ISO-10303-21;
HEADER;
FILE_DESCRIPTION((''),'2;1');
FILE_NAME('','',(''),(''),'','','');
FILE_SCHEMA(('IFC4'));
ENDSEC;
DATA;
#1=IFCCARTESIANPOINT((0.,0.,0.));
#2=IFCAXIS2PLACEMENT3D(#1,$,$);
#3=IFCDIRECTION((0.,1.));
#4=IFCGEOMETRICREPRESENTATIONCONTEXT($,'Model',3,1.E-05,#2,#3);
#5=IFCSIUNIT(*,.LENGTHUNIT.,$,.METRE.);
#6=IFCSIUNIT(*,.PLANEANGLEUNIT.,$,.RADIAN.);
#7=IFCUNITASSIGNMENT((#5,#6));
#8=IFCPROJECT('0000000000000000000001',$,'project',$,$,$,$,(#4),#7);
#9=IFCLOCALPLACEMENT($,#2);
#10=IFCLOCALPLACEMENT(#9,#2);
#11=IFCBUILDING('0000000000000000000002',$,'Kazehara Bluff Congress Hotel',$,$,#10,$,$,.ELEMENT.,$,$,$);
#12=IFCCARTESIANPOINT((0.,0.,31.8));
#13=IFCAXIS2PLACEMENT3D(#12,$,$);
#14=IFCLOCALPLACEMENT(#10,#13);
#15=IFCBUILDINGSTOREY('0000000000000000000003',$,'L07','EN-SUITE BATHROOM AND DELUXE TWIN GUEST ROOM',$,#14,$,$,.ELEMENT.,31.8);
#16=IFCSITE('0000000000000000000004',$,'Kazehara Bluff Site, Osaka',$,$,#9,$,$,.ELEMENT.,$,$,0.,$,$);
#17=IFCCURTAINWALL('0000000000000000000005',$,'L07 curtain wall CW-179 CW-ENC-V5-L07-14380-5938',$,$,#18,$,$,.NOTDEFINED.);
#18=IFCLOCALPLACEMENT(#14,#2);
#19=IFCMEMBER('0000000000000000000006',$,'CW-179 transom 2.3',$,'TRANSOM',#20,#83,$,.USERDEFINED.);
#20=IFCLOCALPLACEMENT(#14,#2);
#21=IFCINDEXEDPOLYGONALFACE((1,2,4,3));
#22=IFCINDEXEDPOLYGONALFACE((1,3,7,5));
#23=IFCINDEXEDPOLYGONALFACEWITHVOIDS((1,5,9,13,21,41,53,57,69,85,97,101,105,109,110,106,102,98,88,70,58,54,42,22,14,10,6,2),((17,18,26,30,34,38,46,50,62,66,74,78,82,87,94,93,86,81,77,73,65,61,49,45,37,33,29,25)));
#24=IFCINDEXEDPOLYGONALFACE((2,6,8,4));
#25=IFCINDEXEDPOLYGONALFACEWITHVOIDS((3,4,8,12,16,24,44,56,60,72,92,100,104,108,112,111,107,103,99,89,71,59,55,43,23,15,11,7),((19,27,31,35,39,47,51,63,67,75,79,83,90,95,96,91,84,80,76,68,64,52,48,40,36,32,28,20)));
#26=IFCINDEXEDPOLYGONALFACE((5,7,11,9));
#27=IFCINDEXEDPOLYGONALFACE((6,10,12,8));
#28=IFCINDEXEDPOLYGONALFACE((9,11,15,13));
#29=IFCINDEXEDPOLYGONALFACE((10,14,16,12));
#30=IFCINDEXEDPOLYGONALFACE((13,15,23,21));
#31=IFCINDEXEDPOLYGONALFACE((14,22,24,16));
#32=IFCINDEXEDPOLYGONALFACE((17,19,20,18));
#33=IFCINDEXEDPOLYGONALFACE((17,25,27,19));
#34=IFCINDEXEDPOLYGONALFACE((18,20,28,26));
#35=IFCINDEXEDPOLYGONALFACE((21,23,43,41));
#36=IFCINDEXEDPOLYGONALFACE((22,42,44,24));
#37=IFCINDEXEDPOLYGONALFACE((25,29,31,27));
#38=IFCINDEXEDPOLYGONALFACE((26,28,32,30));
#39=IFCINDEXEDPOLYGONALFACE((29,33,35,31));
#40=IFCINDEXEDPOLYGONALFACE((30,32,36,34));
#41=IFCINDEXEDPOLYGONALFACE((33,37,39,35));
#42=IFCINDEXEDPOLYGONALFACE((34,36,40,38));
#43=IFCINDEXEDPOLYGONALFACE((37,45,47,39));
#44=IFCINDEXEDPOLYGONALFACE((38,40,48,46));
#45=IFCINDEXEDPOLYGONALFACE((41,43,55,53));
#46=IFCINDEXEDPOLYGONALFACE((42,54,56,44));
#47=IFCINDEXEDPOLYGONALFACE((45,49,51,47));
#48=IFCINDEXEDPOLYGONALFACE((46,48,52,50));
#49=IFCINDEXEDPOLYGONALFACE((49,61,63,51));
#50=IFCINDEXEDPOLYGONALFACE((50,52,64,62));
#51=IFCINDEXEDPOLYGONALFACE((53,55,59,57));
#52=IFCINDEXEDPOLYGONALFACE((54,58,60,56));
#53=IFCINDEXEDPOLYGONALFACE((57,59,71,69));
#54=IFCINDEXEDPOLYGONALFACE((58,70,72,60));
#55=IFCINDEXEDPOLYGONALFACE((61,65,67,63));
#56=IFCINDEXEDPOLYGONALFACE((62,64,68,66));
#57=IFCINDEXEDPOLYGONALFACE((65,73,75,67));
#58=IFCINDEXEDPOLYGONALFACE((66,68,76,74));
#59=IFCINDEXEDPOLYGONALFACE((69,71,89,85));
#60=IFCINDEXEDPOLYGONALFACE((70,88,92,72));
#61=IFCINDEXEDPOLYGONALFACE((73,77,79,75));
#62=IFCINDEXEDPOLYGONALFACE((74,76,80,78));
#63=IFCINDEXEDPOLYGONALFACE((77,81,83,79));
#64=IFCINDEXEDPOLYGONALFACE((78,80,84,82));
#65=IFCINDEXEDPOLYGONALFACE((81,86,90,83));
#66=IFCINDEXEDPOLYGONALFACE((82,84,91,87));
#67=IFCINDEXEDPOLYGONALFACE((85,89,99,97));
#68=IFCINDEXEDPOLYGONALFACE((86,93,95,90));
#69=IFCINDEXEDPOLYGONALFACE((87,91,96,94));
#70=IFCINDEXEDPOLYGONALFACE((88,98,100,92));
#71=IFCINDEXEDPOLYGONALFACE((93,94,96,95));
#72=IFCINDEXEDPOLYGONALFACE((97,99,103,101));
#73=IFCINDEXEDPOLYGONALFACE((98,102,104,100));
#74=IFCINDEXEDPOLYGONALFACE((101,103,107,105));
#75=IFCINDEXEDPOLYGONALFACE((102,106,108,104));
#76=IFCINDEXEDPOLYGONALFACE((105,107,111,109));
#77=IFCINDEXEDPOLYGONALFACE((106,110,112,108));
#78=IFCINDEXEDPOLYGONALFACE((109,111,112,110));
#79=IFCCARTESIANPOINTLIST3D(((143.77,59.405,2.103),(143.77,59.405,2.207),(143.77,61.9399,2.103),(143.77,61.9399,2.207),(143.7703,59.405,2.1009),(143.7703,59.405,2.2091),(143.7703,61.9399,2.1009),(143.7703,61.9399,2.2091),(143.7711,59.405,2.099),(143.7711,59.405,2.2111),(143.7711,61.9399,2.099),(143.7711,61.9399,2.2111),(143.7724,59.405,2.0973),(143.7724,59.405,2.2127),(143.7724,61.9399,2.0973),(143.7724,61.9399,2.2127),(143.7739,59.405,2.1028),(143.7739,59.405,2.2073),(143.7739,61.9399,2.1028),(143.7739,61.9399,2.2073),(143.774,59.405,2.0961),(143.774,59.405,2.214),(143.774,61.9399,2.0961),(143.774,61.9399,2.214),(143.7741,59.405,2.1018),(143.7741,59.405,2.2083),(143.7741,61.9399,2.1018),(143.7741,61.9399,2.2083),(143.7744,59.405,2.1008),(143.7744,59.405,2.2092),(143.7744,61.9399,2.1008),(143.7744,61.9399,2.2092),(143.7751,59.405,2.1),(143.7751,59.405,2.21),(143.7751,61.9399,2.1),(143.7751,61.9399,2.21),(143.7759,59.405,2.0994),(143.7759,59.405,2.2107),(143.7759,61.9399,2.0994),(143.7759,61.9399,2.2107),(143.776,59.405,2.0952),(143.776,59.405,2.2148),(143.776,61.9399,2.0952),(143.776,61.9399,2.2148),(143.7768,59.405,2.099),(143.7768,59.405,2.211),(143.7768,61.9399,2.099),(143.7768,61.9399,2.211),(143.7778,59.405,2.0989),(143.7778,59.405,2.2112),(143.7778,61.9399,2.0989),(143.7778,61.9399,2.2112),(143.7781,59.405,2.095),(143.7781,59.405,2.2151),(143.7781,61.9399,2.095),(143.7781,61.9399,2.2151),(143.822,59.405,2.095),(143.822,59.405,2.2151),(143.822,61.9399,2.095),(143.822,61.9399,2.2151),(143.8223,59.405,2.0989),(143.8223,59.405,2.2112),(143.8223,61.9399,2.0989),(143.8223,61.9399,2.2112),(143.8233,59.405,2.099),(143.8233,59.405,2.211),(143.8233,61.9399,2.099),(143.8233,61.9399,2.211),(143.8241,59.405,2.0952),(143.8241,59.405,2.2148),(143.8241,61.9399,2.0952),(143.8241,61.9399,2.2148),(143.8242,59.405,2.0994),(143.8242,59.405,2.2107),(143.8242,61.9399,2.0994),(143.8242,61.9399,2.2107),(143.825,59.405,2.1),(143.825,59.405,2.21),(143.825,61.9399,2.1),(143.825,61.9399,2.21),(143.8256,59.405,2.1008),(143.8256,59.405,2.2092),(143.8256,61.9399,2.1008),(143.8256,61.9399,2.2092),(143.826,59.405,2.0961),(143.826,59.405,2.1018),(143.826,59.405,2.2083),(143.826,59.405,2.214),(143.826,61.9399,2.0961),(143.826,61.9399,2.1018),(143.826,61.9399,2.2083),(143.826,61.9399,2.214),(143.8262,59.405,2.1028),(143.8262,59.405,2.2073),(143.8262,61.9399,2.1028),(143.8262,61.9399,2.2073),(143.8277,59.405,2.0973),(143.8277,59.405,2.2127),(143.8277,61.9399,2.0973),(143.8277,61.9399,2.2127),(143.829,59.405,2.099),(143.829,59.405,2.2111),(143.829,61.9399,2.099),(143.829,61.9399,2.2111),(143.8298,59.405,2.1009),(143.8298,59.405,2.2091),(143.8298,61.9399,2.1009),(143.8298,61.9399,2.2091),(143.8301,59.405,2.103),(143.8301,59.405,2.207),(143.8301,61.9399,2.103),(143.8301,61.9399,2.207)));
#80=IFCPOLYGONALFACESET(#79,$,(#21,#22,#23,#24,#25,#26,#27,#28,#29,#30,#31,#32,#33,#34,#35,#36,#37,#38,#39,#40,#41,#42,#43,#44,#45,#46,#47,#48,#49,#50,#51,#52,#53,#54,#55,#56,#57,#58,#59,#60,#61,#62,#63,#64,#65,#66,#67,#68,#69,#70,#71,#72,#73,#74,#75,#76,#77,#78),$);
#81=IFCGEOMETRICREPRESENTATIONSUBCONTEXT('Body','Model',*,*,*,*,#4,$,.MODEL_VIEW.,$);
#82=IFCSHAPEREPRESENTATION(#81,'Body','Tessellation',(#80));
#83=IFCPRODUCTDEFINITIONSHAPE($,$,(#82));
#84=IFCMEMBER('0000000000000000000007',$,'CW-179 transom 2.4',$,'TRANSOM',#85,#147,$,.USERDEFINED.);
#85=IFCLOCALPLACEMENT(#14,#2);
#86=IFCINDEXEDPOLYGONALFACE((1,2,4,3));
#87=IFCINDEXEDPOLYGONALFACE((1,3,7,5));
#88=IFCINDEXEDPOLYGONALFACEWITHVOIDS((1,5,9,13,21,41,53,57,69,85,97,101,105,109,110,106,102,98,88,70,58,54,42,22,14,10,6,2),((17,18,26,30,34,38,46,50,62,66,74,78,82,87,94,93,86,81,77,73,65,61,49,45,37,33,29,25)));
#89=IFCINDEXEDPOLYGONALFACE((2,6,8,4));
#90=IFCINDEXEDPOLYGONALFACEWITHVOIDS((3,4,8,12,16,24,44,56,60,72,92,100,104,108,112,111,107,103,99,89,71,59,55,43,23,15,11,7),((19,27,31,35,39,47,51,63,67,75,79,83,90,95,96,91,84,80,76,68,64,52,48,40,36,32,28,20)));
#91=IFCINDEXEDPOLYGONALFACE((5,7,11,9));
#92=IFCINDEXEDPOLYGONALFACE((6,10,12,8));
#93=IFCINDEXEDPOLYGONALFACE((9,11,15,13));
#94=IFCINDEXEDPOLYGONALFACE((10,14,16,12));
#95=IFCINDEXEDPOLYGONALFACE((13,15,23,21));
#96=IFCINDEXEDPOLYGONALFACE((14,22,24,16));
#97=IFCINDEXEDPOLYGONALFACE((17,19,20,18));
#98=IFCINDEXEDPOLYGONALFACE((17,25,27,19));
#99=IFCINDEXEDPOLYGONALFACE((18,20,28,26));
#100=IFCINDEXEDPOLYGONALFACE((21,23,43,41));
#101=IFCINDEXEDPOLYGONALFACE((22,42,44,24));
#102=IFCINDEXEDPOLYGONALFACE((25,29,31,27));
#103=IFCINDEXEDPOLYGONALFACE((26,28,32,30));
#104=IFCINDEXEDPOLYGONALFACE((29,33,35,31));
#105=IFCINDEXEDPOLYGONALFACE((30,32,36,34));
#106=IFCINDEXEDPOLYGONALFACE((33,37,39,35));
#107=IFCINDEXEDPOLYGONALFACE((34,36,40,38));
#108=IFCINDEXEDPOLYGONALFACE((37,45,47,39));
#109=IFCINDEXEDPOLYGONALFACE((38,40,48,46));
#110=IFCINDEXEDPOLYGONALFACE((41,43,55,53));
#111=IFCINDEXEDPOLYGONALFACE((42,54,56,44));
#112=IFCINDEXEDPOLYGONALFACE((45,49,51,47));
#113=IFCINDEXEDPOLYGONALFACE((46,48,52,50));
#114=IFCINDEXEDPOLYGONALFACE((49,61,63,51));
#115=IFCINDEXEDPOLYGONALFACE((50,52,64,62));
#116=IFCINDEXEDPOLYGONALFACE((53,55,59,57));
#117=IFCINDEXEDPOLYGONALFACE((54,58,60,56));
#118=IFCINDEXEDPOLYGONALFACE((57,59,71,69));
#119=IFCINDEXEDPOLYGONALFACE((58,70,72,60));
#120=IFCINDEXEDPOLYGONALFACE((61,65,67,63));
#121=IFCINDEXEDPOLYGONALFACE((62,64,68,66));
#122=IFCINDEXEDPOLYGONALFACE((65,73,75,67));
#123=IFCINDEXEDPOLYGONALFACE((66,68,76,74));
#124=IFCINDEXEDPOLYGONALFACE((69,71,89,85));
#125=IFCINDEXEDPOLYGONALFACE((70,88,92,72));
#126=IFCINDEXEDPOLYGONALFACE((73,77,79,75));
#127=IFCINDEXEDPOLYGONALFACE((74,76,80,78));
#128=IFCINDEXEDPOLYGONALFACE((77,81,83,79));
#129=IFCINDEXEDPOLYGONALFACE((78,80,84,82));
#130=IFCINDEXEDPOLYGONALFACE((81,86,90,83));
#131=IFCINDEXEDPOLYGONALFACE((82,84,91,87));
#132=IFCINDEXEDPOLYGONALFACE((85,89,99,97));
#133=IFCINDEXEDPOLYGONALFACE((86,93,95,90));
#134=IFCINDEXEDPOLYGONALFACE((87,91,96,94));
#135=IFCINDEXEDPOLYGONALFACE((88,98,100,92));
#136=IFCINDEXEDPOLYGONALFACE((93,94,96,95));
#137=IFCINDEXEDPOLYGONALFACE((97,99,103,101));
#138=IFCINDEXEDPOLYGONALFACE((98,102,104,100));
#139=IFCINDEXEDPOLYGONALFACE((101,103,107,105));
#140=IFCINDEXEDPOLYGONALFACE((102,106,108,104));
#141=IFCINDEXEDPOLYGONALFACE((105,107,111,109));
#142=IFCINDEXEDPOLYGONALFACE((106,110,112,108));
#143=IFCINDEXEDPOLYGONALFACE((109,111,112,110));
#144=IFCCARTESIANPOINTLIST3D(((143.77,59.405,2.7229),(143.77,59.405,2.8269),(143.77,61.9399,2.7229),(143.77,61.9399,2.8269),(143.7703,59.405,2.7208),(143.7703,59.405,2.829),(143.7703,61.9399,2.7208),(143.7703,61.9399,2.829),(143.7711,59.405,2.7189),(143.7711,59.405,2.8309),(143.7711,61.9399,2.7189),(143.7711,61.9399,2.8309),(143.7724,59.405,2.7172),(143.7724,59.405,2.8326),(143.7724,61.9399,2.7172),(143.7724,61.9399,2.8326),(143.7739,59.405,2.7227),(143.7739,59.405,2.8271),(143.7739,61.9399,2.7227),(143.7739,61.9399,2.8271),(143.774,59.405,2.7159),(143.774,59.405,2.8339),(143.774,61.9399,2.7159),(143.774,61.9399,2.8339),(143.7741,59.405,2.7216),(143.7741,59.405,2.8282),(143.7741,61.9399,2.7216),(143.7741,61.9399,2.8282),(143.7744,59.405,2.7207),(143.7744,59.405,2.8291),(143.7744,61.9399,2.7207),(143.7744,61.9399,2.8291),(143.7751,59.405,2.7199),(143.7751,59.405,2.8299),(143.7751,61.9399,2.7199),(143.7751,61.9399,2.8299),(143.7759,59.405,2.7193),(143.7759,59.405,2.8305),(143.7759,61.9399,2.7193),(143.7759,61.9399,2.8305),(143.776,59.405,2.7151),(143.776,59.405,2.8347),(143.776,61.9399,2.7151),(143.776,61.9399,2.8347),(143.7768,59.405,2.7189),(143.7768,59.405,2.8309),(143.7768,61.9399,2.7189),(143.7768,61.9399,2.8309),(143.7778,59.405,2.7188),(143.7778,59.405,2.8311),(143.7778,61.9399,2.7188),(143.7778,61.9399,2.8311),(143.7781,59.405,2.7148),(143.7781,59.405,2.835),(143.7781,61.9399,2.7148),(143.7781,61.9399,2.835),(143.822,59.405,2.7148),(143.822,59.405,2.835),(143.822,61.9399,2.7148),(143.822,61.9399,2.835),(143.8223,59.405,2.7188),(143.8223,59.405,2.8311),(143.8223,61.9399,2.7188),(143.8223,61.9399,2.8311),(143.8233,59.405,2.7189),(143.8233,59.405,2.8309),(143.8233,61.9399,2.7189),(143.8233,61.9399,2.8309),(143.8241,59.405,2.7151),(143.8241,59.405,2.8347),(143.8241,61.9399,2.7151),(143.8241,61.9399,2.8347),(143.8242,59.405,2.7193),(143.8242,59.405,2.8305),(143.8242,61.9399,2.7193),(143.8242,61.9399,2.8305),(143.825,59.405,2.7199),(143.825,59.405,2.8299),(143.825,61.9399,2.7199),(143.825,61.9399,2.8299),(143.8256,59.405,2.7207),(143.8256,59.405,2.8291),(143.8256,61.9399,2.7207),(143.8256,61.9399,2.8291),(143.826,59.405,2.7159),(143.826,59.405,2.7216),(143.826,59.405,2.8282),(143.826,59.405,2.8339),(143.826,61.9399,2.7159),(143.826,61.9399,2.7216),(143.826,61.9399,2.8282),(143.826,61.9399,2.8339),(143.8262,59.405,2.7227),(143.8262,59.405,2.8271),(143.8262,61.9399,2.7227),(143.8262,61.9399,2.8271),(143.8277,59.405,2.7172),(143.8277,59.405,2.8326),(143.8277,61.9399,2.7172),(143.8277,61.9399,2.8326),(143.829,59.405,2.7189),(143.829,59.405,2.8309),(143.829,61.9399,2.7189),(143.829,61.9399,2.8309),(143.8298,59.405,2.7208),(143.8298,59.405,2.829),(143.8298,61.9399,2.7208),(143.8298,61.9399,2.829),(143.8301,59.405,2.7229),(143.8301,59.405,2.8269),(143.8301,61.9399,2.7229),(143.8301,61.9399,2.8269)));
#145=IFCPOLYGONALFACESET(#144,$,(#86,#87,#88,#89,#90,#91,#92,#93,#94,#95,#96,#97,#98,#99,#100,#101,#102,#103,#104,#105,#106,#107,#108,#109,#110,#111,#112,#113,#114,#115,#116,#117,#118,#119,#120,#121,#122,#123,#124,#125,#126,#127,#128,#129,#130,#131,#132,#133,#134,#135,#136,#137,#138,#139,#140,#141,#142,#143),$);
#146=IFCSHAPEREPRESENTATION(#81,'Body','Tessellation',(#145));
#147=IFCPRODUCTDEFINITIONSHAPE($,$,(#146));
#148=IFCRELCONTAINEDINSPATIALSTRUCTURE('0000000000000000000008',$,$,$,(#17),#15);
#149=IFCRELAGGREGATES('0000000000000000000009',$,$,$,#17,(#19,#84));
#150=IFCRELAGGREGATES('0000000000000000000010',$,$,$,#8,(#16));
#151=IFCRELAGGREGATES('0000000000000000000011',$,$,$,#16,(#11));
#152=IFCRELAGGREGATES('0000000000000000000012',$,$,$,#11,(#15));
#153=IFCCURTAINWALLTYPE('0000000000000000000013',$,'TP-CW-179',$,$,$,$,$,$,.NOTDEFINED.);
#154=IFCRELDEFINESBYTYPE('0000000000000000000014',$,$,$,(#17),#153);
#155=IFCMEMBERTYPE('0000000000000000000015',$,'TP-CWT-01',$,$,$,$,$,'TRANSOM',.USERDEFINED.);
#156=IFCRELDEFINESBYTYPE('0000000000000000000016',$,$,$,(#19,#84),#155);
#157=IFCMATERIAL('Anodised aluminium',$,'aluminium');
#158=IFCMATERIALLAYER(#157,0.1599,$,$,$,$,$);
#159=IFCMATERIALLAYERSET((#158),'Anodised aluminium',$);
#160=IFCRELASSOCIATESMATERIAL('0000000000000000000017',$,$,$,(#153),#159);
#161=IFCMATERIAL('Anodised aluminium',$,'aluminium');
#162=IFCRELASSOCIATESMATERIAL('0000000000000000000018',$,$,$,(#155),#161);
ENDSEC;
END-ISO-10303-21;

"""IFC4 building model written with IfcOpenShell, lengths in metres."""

from ifc_helpers import new_model, si_unit, direction, frame, origin, origin_2d, place, context, subcontext, project, spatial, hollow_rectangle, extrude, material, layer, layer_set, material_profile, profile_set, type_object, element, aggregate, save


model = new_model("IFC4")

# Units and contexts
model_context = context("Model", 3, precision=1e-05, world=origin(), true_north=direction((0.0, 1.0)))
body_context = subcontext(model_context, "Body", "Model", "MODEL_VIEW")
ifc_project = project(units=[si_unit("LENGTHUNIT", "METRE"), si_unit("PLANEANGLEUNIT", "RADIAN")], contexts=[model_context])

# Site, building, storey
site_placement = place(None, origin())
site = spatial("IfcSite", under=ifc_project, at=site_placement, Name="Kazehara Bluff Site, Osaka", CompositionType="ELEMENT", RefElevation=0.0)
building_placement = place(site_placement, origin())
building = spatial("IfcBuilding", under=site, at=building_placement, Name="Kazehara Bluff Congress Hotel", CompositionType="ELEMENT")
storey_placement = place(building_placement, frame((0.0, 0.0, 31.8)))
storey = spatial("IfcBuildingStorey", under=building, at=storey_placement, Name="L07", Description="EN-SUITE BATHROOM AND DELUXE TWIN GUEST ROOM", CompositionType="ELEMENT", Elevation=31.8)

# Curtain wall
ifc_material_1 = material(Name="Anodised aluminium", Category="aluminium")
ifc_layer_1 = layer(ifc_material_1, 0.1599)
ifc_layer_set_1 = layer_set([ifc_layer_1], Name="Anodised aluminium")
curtain_wall_type_1 = type_object("IfcCurtainWallType", Name="TP-CW-179", PredefinedType="NOTDEFINED", material=ifc_layer_set_1)
curtain_wall_1_placement = place(storey_placement, origin())
curtain_wall_1 = element("IfcCurtainWall", 1, at=curtain_wall_1_placement, inside=storey, type_object=curtain_wall_type_1, Name="L07 curtain wall CW-179 CW-ENC-V5-L07-14380-5938", PredefinedType="NOTDEFINED")

# Members
ifc_material_2 = material(Name="Anodised aluminium", Category="aluminium")
ifc_material_profile_1 = material_profile(ifc_material_2, hollow_rectangle(XDim=0.0601, YDim=0.1201, WallThickness=0.0039, InnerFilletRadius=0.0039, OuterFilletRadius=0.0081, at=origin_2d()))
ifc_profile_set_1 = profile_set([ifc_material_profile_1], Name="Anodised aluminium")
member_type_1 = type_object("IfcMemberType", Name="TP-CWT-01", ElementType="TRANSOM", PredefinedType="USERDEFINED", material=ifc_profile_set_1)
member_1_placement = place(storey_placement, frame((143.8, 59.405, 2.155), z_axis=(0.0, 1.0, 0.0), x_axis=(-1.0, 0.0, 0.0)))
member_1 = element("IfcMember", 2, at=member_1_placement, type_object=member_type_1, Name="CW-179 transom 2.3", ObjectType="TRANSOM", PredefinedType="USERDEFINED", context=body_context, shape_type="SweptSolid", body=[
    extrude(hollow_rectangle(XDim=0.0601, YDim=0.1201, WallThickness=0.0039, InnerFilletRadius=0.0039, OuterFilletRadius=0.0081, at=origin_2d()), origin(), (0.0, 0.0, 1.0), 2.5349),
])
member_2_placement = place(storey_placement, frame((143.8, 59.405, 2.7749), z_axis=(0.0, 1.0, 0.0), x_axis=(-1.0, 0.0, 0.0)))
member_2 = element("IfcMember", 3, at=member_2_placement, type_object=member_type_1, Name="CW-179 transom 2.4", ObjectType="TRANSOM", PredefinedType="USERDEFINED", context=body_context, shape_type="SweptSolid", body=[
    extrude(hollow_rectangle(XDim=0.0601, YDim=0.1201, WallThickness=0.0039, InnerFilletRadius=0.0039, OuterFilletRadius=0.0081, at=origin_2d()), origin(), (0.0, 0.0, 1.0), 2.5349),
])

aggregate(curtain_wall_1, [member_1, member_2])

save(model, "model.ifc")
